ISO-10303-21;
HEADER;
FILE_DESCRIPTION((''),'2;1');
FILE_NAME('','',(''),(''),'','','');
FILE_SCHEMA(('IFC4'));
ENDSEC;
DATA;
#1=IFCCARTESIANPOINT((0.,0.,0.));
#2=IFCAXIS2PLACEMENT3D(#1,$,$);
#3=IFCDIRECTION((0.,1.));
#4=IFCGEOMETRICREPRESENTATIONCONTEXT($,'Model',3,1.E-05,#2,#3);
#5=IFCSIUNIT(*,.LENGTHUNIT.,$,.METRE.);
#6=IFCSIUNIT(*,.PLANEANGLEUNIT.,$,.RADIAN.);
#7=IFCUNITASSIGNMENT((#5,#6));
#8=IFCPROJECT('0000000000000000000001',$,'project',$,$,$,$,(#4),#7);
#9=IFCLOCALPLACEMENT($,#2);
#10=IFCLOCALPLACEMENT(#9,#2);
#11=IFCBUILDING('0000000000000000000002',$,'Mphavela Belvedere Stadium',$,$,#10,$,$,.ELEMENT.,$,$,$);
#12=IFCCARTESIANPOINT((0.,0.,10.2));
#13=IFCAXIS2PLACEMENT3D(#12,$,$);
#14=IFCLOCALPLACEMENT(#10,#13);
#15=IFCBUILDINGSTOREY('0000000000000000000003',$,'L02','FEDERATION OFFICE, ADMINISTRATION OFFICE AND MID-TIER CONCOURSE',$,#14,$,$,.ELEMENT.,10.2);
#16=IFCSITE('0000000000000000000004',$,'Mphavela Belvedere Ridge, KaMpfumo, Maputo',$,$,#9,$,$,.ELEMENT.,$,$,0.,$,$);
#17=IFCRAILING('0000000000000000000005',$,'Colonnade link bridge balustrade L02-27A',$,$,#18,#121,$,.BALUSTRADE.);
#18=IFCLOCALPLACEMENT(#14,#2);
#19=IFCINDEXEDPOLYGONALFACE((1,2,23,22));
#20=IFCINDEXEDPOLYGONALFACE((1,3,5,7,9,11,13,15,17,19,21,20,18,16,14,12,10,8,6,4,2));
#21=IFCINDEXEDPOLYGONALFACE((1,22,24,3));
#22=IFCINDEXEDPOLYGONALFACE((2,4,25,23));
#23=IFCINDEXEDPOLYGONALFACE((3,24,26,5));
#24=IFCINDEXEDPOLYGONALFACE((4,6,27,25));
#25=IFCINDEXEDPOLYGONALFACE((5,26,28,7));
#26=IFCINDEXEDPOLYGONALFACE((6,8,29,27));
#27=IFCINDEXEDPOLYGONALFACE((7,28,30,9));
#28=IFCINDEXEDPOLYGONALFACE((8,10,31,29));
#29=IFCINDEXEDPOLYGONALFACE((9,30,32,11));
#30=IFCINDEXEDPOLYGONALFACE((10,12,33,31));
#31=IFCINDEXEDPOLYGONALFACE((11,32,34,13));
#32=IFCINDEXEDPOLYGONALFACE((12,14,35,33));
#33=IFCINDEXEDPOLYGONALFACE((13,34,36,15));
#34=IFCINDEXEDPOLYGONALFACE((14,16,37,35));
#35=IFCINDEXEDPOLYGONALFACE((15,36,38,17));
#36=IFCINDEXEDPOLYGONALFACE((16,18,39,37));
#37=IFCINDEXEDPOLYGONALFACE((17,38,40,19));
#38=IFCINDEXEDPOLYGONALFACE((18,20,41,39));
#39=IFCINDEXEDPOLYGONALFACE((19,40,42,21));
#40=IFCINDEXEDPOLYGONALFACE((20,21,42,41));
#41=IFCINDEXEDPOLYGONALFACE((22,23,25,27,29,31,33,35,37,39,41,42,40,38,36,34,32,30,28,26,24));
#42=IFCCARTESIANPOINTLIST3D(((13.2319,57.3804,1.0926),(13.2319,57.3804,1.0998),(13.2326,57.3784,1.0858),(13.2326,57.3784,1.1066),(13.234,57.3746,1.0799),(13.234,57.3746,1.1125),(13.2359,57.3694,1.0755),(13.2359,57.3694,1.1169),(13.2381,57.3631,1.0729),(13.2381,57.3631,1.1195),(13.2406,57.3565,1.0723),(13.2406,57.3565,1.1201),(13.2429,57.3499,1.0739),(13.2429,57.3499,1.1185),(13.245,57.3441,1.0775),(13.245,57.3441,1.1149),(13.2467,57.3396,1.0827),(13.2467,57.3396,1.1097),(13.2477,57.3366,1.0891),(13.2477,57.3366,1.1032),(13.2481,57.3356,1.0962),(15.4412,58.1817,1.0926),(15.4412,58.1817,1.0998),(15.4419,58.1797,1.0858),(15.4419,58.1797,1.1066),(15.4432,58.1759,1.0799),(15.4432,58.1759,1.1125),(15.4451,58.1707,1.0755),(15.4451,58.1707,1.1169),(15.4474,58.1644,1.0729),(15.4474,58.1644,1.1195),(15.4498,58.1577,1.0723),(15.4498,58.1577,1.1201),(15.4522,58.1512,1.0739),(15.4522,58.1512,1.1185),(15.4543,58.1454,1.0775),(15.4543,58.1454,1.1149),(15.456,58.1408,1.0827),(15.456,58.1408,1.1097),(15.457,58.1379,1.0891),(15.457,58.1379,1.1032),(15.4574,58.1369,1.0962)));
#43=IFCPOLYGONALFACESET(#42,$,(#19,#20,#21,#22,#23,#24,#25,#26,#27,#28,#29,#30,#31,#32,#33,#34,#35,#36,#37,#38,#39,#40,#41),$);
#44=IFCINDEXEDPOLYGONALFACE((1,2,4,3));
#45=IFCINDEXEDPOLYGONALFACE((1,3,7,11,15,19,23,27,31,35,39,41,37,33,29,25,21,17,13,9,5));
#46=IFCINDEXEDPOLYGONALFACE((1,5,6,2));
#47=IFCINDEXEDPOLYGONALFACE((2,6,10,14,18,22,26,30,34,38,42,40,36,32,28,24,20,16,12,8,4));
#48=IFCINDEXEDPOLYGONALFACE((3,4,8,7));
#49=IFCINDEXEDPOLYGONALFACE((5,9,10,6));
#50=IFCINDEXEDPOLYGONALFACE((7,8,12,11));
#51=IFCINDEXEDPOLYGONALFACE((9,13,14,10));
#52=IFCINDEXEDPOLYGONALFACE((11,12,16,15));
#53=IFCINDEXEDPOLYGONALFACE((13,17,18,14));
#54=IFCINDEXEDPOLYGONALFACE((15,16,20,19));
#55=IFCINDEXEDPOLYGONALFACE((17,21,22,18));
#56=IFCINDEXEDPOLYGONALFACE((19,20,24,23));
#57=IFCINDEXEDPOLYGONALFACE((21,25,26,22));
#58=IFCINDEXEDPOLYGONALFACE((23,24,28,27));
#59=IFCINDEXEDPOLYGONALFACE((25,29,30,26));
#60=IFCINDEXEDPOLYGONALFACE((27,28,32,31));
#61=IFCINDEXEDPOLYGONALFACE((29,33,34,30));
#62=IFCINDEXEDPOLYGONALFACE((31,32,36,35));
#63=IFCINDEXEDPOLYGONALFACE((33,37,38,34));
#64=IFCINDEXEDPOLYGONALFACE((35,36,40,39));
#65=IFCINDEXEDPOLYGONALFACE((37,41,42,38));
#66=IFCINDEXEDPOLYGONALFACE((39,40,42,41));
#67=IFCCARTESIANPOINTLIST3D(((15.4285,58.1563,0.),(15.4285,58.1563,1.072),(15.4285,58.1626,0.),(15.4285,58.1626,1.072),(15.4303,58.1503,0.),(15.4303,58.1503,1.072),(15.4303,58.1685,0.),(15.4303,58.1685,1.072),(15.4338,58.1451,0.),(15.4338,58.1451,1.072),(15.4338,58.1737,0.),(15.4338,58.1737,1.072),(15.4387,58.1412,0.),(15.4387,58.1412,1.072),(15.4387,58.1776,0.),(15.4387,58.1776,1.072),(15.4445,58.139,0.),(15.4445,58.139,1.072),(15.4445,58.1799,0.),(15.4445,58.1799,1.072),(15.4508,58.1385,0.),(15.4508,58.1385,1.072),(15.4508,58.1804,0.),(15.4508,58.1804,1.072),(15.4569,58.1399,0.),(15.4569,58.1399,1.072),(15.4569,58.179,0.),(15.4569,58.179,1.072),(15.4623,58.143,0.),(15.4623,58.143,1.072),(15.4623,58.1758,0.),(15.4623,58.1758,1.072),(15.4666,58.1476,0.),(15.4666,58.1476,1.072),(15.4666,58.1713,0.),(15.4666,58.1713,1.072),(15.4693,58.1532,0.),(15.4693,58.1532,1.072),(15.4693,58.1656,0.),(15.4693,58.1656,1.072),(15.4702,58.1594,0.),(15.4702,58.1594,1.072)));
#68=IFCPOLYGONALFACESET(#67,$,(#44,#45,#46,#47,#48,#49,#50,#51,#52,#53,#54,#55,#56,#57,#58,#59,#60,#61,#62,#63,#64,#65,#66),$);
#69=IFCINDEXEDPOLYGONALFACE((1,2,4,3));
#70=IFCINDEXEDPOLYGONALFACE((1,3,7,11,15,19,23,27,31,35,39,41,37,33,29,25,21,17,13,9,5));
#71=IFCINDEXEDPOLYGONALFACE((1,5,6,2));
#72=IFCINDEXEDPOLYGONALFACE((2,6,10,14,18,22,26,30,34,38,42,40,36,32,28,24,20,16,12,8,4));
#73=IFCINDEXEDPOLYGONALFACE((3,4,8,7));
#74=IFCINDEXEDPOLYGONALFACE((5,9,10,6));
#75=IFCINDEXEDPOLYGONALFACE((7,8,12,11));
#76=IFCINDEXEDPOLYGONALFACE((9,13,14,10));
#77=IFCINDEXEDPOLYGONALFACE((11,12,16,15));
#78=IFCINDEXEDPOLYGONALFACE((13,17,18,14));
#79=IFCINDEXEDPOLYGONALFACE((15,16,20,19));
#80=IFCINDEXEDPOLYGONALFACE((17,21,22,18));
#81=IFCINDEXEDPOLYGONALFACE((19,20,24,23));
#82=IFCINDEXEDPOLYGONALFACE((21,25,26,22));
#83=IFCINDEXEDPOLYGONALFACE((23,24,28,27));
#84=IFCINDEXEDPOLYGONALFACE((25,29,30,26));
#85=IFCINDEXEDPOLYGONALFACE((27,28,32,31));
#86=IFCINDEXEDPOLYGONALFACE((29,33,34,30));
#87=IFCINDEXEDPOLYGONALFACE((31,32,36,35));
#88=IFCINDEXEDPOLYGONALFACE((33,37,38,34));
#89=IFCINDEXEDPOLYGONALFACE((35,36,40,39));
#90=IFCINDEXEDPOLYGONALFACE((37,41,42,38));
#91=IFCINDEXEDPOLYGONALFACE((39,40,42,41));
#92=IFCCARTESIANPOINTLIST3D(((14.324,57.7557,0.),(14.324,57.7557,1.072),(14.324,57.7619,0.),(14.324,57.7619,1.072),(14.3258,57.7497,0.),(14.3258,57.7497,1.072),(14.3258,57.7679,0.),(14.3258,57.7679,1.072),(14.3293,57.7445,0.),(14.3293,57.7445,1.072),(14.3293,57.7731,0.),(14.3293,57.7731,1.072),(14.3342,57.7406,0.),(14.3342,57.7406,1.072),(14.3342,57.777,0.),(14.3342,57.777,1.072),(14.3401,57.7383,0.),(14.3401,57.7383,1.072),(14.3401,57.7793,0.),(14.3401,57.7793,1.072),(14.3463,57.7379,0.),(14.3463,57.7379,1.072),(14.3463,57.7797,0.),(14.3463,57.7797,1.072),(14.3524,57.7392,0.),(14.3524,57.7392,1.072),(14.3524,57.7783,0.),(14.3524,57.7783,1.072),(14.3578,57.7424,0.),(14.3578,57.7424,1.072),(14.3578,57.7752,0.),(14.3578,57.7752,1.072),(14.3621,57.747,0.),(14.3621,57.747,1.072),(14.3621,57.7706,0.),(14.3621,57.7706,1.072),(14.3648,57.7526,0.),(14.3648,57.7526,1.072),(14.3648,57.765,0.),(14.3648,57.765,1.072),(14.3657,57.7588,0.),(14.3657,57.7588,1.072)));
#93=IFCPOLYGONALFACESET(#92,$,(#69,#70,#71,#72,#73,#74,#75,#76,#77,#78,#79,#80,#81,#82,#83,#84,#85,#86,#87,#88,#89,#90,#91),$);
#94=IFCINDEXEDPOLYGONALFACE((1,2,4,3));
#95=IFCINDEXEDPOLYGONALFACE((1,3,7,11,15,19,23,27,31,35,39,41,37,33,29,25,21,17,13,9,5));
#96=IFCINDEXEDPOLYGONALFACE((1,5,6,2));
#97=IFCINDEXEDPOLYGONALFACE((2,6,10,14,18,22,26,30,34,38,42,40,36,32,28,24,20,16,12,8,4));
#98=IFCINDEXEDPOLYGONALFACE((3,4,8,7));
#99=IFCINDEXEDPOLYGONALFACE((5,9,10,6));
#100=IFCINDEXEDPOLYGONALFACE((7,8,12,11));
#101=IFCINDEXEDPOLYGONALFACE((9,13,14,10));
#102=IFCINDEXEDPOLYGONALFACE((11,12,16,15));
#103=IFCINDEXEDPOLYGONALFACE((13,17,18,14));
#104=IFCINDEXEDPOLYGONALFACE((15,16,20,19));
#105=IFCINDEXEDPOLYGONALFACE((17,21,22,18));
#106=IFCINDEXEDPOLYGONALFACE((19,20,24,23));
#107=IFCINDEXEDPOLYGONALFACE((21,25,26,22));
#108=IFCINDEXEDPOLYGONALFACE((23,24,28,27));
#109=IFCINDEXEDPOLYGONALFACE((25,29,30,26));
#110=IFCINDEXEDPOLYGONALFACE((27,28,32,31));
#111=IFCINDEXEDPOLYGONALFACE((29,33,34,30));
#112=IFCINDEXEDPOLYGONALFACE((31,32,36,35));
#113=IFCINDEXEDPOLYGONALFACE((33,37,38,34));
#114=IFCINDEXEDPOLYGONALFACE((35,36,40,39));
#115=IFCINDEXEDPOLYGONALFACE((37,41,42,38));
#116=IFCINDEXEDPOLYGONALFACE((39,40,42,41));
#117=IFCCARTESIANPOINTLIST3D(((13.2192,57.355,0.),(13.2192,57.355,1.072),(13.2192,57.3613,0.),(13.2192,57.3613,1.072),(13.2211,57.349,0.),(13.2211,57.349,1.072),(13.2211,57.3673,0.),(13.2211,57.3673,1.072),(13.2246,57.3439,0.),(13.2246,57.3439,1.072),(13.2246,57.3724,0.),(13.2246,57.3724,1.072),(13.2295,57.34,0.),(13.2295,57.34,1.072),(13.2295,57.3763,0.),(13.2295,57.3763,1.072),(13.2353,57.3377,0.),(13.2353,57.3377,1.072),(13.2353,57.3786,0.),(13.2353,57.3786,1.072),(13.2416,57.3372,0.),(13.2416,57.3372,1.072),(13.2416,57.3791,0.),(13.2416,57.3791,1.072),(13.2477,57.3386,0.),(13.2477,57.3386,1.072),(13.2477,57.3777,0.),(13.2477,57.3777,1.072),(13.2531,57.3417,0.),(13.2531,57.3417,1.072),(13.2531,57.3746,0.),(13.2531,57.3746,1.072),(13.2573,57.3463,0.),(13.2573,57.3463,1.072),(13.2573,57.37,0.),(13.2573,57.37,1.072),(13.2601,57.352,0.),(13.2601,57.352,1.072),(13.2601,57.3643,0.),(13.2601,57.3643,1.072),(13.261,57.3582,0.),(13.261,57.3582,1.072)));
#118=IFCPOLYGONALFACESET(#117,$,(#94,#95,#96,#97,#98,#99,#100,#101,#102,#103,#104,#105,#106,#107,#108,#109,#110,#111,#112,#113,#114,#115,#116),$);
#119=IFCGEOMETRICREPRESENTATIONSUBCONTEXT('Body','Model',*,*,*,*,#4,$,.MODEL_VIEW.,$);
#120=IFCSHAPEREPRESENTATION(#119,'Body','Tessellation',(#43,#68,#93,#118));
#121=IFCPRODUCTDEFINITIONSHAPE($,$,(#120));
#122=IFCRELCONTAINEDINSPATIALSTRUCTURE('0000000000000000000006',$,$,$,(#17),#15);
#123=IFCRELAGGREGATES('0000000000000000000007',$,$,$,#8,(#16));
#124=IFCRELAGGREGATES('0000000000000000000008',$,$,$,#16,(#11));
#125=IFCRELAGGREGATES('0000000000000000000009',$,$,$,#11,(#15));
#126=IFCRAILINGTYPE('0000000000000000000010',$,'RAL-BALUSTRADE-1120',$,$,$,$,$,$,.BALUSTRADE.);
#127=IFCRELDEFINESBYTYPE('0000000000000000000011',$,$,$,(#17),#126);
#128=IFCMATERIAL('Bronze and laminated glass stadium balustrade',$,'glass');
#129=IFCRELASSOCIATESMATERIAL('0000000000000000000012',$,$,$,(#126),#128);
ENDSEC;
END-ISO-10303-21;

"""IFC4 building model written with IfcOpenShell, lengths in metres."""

from ifc_helpers import new_model, si_unit, direction, frame, origin, origin_2d, place, context, subcontext, project, spatial, circle, extrude, material, type_object, element, save


model = new_model("IFC4")

# Units and contexts
model_context = context("Model", 3, precision=1e-05, world=origin(), true_north=direction((0.0, 1.0)))
body_context = subcontext(model_context, "Body", "Model", "MODEL_VIEW")
ifc_project = project(units=[si_unit("LENGTHUNIT", "METRE"), si_unit("PLANEANGLEUNIT", "RADIAN")], contexts=[model_context])

# Site, building, storey
site_placement = place(None, origin())
site = spatial("IfcSite", under=ifc_project, at=site_placement, Name="Mphavela Belvedere Ridge, KaMpfumo, Maputo", CompositionType="ELEMENT", RefElevation=0.0)
building_placement = place(site_placement, origin())
building = spatial("IfcBuilding", under=site, at=building_placement, Name="Mphavela Belvedere Stadium", CompositionType="ELEMENT")
storey_placement = place(building_placement, frame((0.0, 0.0, 10.2)))
storey = spatial("IfcBuildingStorey", under=building, at=storey_placement, Name="L02", Description="FEDERATION OFFICE, ADMINISTRATION OFFICE AND MID-TIER CONCOURSE", CompositionType="ELEMENT", Elevation=10.2)

# Railing
ifc_material_1 = material(Name="Bronze and laminated glass stadium balustrade", Category="glass")
railing_type_1 = type_object("IfcRailingType", Name="RAL-BALUSTRADE-1120", PredefinedType="BALUSTRADE", material=ifc_material_1)
railing_1_placement = place(storey_placement, frame((15.4492, 58.1594, 0.0)))
element("IfcRailing", 1, at=railing_1_placement, inside=storey, type_object=railing_type_1, Name="Colonnade link bridge balustrade L02-27A", PredefinedType="BALUSTRADE", context=body_context, shape_type="SweptSolid", body=[
    extrude(circle(Radius=0.0239, at=origin_2d()), frame((0.0, 0.0, 1.0962), z_axis=(-0.940078, -0.340959, 0.0), x_axis=(0.340959, -0.940078, 0.0)), (0.0, 0.0, 1.0), 2.3501),
    extrude(circle(Radius=0.021, at=origin_2d()), origin(), (0.0, 0.0, 1.0), 1.072),
    extrude(circle(Radius=0.021, at=origin_2d()), frame((-1.1045, -0.4006, 0.0)), (0.0, 0.0, 1.0), 1.072),
    extrude(circle(Radius=0.021, at=origin_2d()), frame((-2.2092, -0.8013, 0.0)), (0.0, 0.0, 1.0), 1.072),
])

save(model, "model.ifc")
